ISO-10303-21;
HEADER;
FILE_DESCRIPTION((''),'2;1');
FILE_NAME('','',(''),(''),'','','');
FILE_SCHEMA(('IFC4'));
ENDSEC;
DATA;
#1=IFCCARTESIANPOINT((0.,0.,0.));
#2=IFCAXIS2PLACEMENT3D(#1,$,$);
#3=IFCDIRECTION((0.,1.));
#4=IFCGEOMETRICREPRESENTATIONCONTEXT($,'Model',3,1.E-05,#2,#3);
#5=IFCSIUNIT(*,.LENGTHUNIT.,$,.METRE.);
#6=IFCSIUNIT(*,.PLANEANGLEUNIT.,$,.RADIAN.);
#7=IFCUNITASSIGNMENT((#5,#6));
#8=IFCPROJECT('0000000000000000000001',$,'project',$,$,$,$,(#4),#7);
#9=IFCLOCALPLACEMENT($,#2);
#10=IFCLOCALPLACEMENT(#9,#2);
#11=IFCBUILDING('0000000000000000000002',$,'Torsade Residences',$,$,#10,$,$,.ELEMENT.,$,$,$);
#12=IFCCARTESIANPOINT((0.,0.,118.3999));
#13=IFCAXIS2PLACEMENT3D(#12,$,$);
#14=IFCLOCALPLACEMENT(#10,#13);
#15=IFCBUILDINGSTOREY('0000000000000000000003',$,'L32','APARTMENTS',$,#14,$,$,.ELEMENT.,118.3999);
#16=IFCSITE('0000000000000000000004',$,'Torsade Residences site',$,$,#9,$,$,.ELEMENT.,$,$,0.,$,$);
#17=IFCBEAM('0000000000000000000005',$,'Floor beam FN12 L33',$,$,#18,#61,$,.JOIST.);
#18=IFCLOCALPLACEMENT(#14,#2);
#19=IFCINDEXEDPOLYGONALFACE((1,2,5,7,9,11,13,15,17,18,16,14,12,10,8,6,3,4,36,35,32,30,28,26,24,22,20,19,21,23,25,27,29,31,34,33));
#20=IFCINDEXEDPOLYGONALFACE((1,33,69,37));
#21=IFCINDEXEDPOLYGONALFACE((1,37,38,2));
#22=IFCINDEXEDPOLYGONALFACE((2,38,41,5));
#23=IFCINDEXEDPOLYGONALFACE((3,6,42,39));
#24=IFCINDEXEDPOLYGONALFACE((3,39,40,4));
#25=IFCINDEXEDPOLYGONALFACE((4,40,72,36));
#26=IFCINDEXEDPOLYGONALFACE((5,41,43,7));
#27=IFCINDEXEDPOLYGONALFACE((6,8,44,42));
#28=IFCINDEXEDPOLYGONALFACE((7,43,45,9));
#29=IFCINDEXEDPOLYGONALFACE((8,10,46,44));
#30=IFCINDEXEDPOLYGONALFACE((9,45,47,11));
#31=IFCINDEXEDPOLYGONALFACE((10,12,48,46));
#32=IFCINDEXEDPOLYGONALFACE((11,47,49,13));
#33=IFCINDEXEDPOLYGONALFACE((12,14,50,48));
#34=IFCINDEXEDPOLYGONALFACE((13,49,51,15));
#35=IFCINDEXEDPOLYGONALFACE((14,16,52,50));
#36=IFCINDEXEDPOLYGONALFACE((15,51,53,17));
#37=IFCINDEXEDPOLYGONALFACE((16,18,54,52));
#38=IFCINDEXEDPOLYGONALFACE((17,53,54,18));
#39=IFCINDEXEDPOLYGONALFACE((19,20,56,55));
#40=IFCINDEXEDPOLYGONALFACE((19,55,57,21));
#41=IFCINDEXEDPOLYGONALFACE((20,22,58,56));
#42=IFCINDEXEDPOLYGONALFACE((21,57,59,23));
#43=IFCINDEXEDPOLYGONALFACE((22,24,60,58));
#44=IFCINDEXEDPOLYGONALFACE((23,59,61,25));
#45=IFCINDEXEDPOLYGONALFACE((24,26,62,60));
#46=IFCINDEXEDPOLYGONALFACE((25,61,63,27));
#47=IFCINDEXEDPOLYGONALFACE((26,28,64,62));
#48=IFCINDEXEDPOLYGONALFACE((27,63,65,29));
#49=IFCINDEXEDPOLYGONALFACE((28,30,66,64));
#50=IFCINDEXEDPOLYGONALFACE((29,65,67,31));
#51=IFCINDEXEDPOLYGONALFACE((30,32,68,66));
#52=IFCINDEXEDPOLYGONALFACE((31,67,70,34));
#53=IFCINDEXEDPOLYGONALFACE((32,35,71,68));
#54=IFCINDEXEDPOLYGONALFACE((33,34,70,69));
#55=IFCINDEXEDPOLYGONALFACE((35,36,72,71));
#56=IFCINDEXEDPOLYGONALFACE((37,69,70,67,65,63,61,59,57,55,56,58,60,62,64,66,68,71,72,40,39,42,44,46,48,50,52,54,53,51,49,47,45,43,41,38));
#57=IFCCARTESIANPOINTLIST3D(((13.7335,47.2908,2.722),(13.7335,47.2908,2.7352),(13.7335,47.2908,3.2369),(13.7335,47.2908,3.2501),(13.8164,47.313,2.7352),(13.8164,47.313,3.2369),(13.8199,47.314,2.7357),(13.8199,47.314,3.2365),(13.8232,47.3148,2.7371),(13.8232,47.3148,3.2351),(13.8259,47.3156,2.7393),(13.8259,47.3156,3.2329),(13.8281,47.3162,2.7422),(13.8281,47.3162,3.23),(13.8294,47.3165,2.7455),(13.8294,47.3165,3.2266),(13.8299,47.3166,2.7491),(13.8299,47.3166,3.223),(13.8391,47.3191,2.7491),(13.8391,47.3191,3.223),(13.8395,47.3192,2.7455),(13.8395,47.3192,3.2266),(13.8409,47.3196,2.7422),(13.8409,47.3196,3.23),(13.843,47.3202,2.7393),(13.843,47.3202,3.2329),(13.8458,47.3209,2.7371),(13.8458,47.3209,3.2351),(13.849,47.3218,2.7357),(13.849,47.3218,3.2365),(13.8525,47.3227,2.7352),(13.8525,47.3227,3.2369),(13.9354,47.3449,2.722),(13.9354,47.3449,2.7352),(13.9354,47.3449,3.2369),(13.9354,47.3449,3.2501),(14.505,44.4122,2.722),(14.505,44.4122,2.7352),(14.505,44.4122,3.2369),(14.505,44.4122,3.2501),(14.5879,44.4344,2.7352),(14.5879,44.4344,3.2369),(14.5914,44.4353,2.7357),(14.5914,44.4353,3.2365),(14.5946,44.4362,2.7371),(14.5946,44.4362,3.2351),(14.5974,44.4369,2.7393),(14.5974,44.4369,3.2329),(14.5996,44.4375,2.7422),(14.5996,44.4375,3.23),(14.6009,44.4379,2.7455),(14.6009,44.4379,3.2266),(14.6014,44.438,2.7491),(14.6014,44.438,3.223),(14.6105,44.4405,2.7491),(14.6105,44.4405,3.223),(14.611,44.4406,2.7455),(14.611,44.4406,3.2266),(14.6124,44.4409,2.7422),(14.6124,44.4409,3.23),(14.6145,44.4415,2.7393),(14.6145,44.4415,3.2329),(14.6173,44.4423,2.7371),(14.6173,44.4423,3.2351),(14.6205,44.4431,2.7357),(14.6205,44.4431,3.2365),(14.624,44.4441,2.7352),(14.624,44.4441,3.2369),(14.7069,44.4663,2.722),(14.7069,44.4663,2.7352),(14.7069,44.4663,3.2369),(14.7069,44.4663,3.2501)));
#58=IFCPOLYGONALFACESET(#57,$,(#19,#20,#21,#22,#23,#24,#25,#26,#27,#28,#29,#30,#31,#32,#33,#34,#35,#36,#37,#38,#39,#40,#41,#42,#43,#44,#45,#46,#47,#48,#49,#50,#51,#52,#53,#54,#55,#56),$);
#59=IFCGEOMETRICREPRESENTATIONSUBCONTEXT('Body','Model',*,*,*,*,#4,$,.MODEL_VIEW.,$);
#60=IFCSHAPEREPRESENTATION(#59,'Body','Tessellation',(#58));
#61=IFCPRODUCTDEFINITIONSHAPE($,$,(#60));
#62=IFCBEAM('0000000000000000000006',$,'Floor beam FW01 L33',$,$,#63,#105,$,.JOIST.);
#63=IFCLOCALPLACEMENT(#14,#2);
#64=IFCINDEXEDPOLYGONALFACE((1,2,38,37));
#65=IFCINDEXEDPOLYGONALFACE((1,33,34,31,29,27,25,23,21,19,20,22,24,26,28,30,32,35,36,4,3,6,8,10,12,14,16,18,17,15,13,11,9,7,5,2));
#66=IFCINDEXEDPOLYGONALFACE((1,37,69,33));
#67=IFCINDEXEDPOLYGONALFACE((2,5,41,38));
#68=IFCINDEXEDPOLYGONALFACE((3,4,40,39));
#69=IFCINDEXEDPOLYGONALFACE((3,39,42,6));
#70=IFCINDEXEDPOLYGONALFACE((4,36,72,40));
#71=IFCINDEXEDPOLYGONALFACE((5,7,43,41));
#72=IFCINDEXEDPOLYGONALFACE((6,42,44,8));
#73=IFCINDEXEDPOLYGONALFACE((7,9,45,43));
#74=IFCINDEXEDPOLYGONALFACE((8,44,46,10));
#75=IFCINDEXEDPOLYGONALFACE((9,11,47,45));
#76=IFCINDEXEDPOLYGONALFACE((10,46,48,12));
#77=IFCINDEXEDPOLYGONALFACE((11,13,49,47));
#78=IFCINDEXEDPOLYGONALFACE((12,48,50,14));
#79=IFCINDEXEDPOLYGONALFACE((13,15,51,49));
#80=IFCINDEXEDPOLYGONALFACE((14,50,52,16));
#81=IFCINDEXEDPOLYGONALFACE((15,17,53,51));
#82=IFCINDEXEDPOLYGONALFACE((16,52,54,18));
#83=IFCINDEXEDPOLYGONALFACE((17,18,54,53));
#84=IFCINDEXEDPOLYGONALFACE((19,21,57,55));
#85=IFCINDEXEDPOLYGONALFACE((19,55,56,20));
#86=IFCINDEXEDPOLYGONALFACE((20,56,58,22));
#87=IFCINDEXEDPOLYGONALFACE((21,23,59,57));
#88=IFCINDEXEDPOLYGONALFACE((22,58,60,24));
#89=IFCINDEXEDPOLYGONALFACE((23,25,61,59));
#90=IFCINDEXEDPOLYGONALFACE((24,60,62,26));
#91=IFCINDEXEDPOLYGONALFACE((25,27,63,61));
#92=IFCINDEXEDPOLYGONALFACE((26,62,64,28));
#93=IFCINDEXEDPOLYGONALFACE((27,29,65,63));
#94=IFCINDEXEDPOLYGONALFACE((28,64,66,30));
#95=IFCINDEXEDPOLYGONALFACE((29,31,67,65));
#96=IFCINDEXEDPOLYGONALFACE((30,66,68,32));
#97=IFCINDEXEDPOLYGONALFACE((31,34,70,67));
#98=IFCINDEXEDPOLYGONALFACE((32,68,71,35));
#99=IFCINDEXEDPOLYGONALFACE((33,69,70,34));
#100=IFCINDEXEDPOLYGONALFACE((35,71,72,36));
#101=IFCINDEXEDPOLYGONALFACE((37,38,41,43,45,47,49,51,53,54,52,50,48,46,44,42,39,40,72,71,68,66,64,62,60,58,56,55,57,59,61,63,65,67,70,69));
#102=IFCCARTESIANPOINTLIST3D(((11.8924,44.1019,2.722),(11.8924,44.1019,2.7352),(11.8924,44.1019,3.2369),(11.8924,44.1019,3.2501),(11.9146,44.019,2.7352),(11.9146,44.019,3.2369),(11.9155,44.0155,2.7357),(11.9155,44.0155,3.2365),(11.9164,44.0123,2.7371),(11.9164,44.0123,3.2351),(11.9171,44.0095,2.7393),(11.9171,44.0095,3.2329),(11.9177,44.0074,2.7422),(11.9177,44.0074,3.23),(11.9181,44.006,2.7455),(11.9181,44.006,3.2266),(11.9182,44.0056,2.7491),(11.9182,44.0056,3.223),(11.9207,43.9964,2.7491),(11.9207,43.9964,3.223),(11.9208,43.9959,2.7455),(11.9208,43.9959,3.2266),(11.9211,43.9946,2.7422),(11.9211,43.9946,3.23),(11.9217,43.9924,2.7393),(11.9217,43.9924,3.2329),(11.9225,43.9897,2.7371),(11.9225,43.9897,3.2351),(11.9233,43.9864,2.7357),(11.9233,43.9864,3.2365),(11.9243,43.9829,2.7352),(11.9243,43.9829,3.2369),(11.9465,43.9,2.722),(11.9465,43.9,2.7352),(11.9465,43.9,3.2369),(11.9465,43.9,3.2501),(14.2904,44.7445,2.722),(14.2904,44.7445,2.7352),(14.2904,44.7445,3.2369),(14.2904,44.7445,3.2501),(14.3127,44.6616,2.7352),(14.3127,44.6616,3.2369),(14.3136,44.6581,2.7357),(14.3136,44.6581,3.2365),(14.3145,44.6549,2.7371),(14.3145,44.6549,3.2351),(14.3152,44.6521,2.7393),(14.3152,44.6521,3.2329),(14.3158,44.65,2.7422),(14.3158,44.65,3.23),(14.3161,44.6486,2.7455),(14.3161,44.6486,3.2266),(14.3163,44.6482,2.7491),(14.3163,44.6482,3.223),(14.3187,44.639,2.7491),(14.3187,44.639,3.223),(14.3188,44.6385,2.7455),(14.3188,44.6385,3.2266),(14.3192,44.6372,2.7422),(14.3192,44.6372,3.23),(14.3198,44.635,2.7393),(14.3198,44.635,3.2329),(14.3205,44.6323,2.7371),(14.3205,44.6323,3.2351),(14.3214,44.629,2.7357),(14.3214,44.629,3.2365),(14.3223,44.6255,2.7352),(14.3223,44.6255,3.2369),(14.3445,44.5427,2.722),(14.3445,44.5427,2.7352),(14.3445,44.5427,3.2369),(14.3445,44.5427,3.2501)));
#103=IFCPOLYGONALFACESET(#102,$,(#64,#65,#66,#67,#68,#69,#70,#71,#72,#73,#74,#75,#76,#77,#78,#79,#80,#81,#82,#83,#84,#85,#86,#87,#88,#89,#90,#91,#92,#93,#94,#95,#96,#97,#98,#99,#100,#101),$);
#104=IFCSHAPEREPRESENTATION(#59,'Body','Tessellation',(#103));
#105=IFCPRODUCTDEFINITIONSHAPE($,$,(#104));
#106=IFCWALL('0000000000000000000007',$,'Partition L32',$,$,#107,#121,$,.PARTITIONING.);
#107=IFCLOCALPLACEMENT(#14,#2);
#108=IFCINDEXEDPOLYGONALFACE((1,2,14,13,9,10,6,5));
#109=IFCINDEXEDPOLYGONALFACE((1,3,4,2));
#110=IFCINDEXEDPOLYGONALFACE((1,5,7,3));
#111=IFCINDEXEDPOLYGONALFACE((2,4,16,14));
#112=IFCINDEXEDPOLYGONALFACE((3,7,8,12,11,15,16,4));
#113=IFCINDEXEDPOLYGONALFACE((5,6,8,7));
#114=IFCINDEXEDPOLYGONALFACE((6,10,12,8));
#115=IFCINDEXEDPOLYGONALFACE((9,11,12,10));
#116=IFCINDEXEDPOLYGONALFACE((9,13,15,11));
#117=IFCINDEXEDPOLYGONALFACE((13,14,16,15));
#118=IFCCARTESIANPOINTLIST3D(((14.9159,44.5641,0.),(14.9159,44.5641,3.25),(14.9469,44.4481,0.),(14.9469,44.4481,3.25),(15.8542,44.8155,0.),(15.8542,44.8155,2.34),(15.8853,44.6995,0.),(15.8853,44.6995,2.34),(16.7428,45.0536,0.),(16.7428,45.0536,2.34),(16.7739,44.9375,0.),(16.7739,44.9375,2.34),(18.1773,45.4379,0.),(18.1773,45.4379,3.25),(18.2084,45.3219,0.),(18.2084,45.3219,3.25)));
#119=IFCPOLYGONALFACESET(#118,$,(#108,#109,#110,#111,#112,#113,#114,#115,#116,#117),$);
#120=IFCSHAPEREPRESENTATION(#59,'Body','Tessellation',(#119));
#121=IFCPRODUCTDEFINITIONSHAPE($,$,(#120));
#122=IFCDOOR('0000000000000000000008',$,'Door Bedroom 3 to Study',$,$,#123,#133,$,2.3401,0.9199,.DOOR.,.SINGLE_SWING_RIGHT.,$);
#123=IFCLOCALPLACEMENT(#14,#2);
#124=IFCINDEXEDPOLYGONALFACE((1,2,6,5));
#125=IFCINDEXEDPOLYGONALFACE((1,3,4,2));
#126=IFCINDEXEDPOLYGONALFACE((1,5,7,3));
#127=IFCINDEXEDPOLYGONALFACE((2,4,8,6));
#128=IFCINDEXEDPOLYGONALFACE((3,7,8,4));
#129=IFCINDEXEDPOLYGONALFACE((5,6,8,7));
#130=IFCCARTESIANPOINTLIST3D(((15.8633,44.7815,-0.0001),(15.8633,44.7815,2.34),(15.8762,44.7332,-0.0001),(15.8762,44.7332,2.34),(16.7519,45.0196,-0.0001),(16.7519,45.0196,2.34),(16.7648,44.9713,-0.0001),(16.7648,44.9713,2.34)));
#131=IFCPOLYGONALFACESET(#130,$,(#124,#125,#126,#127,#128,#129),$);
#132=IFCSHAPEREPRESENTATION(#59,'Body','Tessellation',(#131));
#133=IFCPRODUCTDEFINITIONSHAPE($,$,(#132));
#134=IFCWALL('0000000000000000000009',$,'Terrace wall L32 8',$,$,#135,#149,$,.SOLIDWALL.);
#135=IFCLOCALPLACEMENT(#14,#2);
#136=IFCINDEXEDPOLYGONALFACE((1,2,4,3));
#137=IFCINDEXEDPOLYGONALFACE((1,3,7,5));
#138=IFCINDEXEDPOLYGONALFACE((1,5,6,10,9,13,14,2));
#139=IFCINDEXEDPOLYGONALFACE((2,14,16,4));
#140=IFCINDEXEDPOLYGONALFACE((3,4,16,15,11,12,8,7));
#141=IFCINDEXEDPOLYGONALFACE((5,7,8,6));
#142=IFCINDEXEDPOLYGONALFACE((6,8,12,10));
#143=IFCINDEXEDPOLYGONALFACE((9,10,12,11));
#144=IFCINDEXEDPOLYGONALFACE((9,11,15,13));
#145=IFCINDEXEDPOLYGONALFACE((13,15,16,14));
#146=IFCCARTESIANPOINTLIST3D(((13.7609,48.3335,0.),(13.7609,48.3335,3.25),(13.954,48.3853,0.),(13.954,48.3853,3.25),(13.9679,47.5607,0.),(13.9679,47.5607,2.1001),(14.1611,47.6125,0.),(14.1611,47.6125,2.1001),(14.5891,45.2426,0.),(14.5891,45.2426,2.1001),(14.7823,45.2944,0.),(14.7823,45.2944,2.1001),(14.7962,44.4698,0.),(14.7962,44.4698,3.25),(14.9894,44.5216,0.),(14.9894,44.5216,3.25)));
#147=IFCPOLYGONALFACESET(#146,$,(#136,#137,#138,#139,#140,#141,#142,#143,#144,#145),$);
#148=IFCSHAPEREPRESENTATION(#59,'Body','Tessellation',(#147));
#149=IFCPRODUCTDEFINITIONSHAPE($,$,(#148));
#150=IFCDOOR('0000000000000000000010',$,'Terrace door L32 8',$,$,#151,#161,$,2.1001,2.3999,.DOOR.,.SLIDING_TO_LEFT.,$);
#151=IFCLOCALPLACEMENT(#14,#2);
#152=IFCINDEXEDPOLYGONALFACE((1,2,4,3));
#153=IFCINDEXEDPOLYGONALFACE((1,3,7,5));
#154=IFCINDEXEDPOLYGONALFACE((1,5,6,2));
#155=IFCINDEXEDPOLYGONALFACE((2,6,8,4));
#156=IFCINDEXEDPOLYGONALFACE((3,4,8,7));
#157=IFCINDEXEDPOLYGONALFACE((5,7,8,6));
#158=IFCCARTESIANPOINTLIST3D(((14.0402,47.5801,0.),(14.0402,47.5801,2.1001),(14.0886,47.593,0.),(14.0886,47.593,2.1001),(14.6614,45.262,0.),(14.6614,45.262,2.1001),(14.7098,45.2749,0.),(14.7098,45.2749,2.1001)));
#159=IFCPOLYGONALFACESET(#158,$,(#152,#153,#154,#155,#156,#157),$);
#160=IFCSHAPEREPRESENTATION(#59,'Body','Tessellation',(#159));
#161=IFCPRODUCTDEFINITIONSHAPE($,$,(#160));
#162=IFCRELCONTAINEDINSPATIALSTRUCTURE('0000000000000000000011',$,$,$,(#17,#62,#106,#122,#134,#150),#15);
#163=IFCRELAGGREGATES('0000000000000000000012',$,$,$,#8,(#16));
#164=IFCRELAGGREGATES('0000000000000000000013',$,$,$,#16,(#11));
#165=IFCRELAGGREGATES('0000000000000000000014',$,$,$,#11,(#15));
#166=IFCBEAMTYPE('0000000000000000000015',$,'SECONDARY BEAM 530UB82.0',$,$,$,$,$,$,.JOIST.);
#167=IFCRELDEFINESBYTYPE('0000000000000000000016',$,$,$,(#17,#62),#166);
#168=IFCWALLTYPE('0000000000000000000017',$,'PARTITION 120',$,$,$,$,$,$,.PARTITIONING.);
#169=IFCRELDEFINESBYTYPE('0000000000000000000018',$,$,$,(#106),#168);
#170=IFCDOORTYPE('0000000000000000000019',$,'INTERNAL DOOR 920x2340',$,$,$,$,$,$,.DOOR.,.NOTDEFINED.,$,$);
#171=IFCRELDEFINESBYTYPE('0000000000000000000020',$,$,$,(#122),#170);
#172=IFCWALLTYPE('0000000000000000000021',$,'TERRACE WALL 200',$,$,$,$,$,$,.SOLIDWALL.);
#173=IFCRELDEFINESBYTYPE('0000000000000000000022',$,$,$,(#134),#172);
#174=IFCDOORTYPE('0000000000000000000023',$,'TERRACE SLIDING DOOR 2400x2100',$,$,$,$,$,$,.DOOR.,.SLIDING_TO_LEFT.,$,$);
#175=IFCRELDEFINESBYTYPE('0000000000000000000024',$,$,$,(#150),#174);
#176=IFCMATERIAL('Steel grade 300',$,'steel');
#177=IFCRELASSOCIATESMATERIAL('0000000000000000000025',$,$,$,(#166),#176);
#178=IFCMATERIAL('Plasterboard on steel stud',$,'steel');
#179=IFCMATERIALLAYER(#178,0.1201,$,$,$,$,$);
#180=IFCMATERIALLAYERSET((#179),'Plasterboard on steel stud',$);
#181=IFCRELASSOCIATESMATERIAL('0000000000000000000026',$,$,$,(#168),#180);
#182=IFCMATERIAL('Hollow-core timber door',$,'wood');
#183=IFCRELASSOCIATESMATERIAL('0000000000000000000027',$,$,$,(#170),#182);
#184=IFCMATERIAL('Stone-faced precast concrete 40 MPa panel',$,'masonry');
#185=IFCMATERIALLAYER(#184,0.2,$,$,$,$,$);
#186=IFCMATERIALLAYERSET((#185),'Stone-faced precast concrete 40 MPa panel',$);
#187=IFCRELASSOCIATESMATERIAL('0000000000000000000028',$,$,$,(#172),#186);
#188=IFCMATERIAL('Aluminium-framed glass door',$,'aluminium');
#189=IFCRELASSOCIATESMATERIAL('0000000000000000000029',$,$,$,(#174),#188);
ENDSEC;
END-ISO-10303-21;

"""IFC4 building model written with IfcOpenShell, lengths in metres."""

from ifc_helpers import new_model, si_unit, direction, frame, frame_2d, origin, origin_2d, place, context, subcontext, project, spatial, rectangle, i_section, extrude, material, layer, layer_set, material_profile, profile_set, type_object, element, fill, save


model = new_model("IFC4")

# Units and contexts
model_context = context("Model", 3, precision=1e-05, world=origin(), true_north=direction((0.0, 1.0)))
body_context = subcontext(model_context, "Body", "Model", "MODEL_VIEW")
ifc_project = project(units=[si_unit("LENGTHUNIT", "METRE"), si_unit("PLANEANGLEUNIT", "RADIAN")], contexts=[model_context])

# Site, building, storey
site_placement = place(None, origin())
site = spatial("IfcSite", under=ifc_project, at=site_placement, Name="Torsade Residences site", CompositionType="ELEMENT", RefElevation=0.0)
building_placement = place(site_placement, origin())
building = spatial("IfcBuilding", under=site, at=building_placement, Name="Torsade Residences", CompositionType="ELEMENT")
storey_placement = place(building_placement, frame((0.0, 0.0, 118.3999)))
storey = spatial("IfcBuildingStorey", under=building, at=storey_placement, Name="L32", Description="APARTMENTS", CompositionType="ELEMENT", Elevation=118.3999)

# Beams
ifc_material_1 = material(Name="Steel grade 300", Category="steel")
ifc_material_profile_1 = material_profile(ifc_material_1, i_section(OverallWidth=0.209, OverallDepth=0.5281, WebThickness=0.0095, FlangeThickness=0.0132, FilletRadius=0.0139, at=origin_2d()), Name="530UB82.0")
ifc_profile_set_1 = profile_set([ifc_material_profile_1], Name="Steel grade 300")
beam_type_1 = type_object("IfcBeamType", Name="SECONDARY BEAM 530UB82.0", PredefinedType="JOIST", material=ifc_profile_set_1)
beam_1_placement = place(storey_placement, frame((13.8345, 47.3179, 2.9861), z_axis=(0.258866, -0.965913, 0.0), x_axis=(0.965913, 0.258866, 0.0)))
element("IfcBeam", 1, at=beam_1_placement, inside=storey, type_object=beam_type_1, Name="Floor beam FN12 L33", PredefinedType="JOIST", context=body_context, shape_type="SweptSolid", body=[
    extrude(i_section(OverallWidth=0.209, OverallDepth=0.5281, WebThickness=0.0095, FlangeThickness=0.0132, FilletRadius=0.0139, at=origin_2d()), origin(), (0.0, 0.0, 1.0), 2.9802),
])
beam_2_placement = place(storey_placement, frame((11.9194, 44.001, 2.9861), z_axis=(0.965921, 0.258838, 0.0), x_axis=(-0.258838, 0.965921, 0.0)))
element("IfcBeam", 2, at=beam_2_placement, inside=storey, type_object=beam_type_1, Name="Floor beam FW01 L33", PredefinedType="JOIST", context=body_context, shape_type="SweptSolid", body=[
    extrude(i_section(OverallWidth=0.209, OverallDepth=0.5281, WebThickness=0.0095, FlangeThickness=0.0132, FilletRadius=0.0139, at=origin_2d()), origin(), (0.0, 0.0, 1.0), 2.4827),
])

# Walls, openings, doors
ifc_material_2 = material(Name="Plasterboard on steel stud", Category="steel")
ifc_layer_1 = layer(ifc_material_2, 0.1201)
ifc_layer_set_1 = layer_set([ifc_layer_1], Name="Plasterboard on steel stud")
wall_type_1 = type_object("IfcWallType", Name="PARTITION 120", PredefinedType="PARTITIONING", material=ifc_layer_set_1)
wall_1_placement = place(storey_placement, frame((14.9314, 44.5061, 0.0), z_axis=(0.0, 0.0, 1.0), x_axis=(0.965935, 0.258783, 0.0)))
wall_1 = element("IfcWall", 3, at=wall_1_placement, inside=storey, type_object=wall_type_1, Name="Partition L32", PredefinedType="PARTITIONING", context=body_context, shape_type="SweptSolid", body=[
    extrude(rectangle(XDim=3.3765, YDim=0.1201, at=frame_2d((1.6882, 0.0))), origin(), (0.0, 0.0, 1.0), 3.25),
])
opening_1_placement = place(wall_1_placement, frame((0.9714, 0.0, 0.0)))
opening_1 = element("IfcOpeningElement", 4, at=opening_1_placement, cuts=wall_1, PredefinedType="OPENING", context=body_context, shape_type="SweptSolid", body=[
    extrude(rectangle(XDim=0.9199, YDim=2.3401, at=frame_2d((0.46, 1.1699))), frame((0.0, 0.0701, 0.0), z_axis=(0.0, -1.0, 0.0), x_axis=(1.0, 0.0, 0.0)), (0.0, 0.0, 1.0), 0.1401),
])
ifc_material_3 = material(Name="Hollow-core timber door", Category="wood")
door_type_1 = type_object("IfcDoorType", Name="INTERNAL DOOR 920x2340", OperationType="NOTDEFINED", PredefinedType="DOOR", material=ifc_material_3)
door_1_placement = place(opening_1_placement, origin())
door_1 = element("IfcDoor", 5, at=door_1_placement, inside=storey, type_object=door_type_1, Name="Door Bedroom 3 to Study", OperationType="SINGLE_SWING_RIGHT", OverallHeight=2.3401, OverallWidth=0.9199, PredefinedType="DOOR", context=body_context, shape_type="SweptSolid", body=[
    extrude(rectangle(XDim=0.9199, YDim=2.3401, at=frame_2d((0.46, 1.1699))), frame((0.0, 0.0249, 0.0), z_axis=(0.0, -1.0, 0.0), x_axis=(1.0, 0.0, 0.0)), (0.0, 0.0, 1.0), 0.05),
])
fill(opening_1, door_1)
ifc_material_4 = material(Name="Stone-faced precast concrete 40 MPa panel", Category="masonry")
ifc_layer_2 = layer(ifc_material_4, 0.2)
ifc_layer_set_2 = layer_set([ifc_layer_2], Name="Stone-faced precast concrete 40 MPa panel")
wall_type_2 = type_object("IfcWallType", Name="TERRACE WALL 200", PredefinedType="SOLIDWALL", material=ifc_layer_set_2)
wall_2_placement = place(storey_placement, frame((13.8574, 48.3594, 0.0), z_axis=(0.0, 0.0, 1.0), x_axis=(0.258844, -0.965919, 0.0)))
wall_2 = element("IfcWall", 6, at=wall_2_placement, inside=storey, type_object=wall_type_2, Name="Terrace wall L32 8", PredefinedType="SOLIDWALL", context=body_context, shape_type="SweptSolid", body=[
    extrude(rectangle(XDim=4.0, YDim=0.2, at=frame_2d((2.0, 0.0))), origin(), (0.0, 0.0, 1.0), 3.25),
])
opening_2_placement = place(wall_2_placement, frame((0.8, 0.0, 0.0)))
opening_2 = element("IfcOpeningElement", 7, at=opening_2_placement, cuts=wall_2, PredefinedType="OPENING", context=body_context, shape_type="SweptSolid", body=[
    extrude(rectangle(XDim=2.3999, YDim=2.1001, at=frame_2d((1.2, 1.05))), frame((0.0, 0.1099, 0.0), z_axis=(0.0, -1.0, 0.0), x_axis=(1.0, 0.0, 0.0)), (0.0, 0.0, 1.0), 0.22),
])
ifc_material_5 = material(Name="Aluminium-framed glass door", Category="aluminium")
door_type_2 = type_object("IfcDoorType", Name="TERRACE SLIDING DOOR 2400x2100", OperationType="SLIDING_TO_LEFT", PredefinedType="DOOR", material=ifc_material_5)
door_2_placement = place(opening_2_placement, origin())
door_2 = element("IfcDoor", 8, at=door_2_placement, inside=storey, type_object=door_type_2, Name="Terrace door L32 8", OperationType="SLIDING_TO_LEFT", OverallHeight=2.1001, OverallWidth=2.3999, PredefinedType="DOOR", context=body_context, shape_type="SweptSolid", body=[
    extrude(rectangle(XDim=2.3999, YDim=2.1001, at=frame_2d((1.2, 1.05))), frame((0.0, 0.0249, 0.0), z_axis=(0.0, -1.0, 0.0), x_axis=(1.0, 0.0, 0.0)), (0.0, 0.0, 1.0), 0.05),
])
fill(opening_2, door_2)

save(model, "model.ifc")
